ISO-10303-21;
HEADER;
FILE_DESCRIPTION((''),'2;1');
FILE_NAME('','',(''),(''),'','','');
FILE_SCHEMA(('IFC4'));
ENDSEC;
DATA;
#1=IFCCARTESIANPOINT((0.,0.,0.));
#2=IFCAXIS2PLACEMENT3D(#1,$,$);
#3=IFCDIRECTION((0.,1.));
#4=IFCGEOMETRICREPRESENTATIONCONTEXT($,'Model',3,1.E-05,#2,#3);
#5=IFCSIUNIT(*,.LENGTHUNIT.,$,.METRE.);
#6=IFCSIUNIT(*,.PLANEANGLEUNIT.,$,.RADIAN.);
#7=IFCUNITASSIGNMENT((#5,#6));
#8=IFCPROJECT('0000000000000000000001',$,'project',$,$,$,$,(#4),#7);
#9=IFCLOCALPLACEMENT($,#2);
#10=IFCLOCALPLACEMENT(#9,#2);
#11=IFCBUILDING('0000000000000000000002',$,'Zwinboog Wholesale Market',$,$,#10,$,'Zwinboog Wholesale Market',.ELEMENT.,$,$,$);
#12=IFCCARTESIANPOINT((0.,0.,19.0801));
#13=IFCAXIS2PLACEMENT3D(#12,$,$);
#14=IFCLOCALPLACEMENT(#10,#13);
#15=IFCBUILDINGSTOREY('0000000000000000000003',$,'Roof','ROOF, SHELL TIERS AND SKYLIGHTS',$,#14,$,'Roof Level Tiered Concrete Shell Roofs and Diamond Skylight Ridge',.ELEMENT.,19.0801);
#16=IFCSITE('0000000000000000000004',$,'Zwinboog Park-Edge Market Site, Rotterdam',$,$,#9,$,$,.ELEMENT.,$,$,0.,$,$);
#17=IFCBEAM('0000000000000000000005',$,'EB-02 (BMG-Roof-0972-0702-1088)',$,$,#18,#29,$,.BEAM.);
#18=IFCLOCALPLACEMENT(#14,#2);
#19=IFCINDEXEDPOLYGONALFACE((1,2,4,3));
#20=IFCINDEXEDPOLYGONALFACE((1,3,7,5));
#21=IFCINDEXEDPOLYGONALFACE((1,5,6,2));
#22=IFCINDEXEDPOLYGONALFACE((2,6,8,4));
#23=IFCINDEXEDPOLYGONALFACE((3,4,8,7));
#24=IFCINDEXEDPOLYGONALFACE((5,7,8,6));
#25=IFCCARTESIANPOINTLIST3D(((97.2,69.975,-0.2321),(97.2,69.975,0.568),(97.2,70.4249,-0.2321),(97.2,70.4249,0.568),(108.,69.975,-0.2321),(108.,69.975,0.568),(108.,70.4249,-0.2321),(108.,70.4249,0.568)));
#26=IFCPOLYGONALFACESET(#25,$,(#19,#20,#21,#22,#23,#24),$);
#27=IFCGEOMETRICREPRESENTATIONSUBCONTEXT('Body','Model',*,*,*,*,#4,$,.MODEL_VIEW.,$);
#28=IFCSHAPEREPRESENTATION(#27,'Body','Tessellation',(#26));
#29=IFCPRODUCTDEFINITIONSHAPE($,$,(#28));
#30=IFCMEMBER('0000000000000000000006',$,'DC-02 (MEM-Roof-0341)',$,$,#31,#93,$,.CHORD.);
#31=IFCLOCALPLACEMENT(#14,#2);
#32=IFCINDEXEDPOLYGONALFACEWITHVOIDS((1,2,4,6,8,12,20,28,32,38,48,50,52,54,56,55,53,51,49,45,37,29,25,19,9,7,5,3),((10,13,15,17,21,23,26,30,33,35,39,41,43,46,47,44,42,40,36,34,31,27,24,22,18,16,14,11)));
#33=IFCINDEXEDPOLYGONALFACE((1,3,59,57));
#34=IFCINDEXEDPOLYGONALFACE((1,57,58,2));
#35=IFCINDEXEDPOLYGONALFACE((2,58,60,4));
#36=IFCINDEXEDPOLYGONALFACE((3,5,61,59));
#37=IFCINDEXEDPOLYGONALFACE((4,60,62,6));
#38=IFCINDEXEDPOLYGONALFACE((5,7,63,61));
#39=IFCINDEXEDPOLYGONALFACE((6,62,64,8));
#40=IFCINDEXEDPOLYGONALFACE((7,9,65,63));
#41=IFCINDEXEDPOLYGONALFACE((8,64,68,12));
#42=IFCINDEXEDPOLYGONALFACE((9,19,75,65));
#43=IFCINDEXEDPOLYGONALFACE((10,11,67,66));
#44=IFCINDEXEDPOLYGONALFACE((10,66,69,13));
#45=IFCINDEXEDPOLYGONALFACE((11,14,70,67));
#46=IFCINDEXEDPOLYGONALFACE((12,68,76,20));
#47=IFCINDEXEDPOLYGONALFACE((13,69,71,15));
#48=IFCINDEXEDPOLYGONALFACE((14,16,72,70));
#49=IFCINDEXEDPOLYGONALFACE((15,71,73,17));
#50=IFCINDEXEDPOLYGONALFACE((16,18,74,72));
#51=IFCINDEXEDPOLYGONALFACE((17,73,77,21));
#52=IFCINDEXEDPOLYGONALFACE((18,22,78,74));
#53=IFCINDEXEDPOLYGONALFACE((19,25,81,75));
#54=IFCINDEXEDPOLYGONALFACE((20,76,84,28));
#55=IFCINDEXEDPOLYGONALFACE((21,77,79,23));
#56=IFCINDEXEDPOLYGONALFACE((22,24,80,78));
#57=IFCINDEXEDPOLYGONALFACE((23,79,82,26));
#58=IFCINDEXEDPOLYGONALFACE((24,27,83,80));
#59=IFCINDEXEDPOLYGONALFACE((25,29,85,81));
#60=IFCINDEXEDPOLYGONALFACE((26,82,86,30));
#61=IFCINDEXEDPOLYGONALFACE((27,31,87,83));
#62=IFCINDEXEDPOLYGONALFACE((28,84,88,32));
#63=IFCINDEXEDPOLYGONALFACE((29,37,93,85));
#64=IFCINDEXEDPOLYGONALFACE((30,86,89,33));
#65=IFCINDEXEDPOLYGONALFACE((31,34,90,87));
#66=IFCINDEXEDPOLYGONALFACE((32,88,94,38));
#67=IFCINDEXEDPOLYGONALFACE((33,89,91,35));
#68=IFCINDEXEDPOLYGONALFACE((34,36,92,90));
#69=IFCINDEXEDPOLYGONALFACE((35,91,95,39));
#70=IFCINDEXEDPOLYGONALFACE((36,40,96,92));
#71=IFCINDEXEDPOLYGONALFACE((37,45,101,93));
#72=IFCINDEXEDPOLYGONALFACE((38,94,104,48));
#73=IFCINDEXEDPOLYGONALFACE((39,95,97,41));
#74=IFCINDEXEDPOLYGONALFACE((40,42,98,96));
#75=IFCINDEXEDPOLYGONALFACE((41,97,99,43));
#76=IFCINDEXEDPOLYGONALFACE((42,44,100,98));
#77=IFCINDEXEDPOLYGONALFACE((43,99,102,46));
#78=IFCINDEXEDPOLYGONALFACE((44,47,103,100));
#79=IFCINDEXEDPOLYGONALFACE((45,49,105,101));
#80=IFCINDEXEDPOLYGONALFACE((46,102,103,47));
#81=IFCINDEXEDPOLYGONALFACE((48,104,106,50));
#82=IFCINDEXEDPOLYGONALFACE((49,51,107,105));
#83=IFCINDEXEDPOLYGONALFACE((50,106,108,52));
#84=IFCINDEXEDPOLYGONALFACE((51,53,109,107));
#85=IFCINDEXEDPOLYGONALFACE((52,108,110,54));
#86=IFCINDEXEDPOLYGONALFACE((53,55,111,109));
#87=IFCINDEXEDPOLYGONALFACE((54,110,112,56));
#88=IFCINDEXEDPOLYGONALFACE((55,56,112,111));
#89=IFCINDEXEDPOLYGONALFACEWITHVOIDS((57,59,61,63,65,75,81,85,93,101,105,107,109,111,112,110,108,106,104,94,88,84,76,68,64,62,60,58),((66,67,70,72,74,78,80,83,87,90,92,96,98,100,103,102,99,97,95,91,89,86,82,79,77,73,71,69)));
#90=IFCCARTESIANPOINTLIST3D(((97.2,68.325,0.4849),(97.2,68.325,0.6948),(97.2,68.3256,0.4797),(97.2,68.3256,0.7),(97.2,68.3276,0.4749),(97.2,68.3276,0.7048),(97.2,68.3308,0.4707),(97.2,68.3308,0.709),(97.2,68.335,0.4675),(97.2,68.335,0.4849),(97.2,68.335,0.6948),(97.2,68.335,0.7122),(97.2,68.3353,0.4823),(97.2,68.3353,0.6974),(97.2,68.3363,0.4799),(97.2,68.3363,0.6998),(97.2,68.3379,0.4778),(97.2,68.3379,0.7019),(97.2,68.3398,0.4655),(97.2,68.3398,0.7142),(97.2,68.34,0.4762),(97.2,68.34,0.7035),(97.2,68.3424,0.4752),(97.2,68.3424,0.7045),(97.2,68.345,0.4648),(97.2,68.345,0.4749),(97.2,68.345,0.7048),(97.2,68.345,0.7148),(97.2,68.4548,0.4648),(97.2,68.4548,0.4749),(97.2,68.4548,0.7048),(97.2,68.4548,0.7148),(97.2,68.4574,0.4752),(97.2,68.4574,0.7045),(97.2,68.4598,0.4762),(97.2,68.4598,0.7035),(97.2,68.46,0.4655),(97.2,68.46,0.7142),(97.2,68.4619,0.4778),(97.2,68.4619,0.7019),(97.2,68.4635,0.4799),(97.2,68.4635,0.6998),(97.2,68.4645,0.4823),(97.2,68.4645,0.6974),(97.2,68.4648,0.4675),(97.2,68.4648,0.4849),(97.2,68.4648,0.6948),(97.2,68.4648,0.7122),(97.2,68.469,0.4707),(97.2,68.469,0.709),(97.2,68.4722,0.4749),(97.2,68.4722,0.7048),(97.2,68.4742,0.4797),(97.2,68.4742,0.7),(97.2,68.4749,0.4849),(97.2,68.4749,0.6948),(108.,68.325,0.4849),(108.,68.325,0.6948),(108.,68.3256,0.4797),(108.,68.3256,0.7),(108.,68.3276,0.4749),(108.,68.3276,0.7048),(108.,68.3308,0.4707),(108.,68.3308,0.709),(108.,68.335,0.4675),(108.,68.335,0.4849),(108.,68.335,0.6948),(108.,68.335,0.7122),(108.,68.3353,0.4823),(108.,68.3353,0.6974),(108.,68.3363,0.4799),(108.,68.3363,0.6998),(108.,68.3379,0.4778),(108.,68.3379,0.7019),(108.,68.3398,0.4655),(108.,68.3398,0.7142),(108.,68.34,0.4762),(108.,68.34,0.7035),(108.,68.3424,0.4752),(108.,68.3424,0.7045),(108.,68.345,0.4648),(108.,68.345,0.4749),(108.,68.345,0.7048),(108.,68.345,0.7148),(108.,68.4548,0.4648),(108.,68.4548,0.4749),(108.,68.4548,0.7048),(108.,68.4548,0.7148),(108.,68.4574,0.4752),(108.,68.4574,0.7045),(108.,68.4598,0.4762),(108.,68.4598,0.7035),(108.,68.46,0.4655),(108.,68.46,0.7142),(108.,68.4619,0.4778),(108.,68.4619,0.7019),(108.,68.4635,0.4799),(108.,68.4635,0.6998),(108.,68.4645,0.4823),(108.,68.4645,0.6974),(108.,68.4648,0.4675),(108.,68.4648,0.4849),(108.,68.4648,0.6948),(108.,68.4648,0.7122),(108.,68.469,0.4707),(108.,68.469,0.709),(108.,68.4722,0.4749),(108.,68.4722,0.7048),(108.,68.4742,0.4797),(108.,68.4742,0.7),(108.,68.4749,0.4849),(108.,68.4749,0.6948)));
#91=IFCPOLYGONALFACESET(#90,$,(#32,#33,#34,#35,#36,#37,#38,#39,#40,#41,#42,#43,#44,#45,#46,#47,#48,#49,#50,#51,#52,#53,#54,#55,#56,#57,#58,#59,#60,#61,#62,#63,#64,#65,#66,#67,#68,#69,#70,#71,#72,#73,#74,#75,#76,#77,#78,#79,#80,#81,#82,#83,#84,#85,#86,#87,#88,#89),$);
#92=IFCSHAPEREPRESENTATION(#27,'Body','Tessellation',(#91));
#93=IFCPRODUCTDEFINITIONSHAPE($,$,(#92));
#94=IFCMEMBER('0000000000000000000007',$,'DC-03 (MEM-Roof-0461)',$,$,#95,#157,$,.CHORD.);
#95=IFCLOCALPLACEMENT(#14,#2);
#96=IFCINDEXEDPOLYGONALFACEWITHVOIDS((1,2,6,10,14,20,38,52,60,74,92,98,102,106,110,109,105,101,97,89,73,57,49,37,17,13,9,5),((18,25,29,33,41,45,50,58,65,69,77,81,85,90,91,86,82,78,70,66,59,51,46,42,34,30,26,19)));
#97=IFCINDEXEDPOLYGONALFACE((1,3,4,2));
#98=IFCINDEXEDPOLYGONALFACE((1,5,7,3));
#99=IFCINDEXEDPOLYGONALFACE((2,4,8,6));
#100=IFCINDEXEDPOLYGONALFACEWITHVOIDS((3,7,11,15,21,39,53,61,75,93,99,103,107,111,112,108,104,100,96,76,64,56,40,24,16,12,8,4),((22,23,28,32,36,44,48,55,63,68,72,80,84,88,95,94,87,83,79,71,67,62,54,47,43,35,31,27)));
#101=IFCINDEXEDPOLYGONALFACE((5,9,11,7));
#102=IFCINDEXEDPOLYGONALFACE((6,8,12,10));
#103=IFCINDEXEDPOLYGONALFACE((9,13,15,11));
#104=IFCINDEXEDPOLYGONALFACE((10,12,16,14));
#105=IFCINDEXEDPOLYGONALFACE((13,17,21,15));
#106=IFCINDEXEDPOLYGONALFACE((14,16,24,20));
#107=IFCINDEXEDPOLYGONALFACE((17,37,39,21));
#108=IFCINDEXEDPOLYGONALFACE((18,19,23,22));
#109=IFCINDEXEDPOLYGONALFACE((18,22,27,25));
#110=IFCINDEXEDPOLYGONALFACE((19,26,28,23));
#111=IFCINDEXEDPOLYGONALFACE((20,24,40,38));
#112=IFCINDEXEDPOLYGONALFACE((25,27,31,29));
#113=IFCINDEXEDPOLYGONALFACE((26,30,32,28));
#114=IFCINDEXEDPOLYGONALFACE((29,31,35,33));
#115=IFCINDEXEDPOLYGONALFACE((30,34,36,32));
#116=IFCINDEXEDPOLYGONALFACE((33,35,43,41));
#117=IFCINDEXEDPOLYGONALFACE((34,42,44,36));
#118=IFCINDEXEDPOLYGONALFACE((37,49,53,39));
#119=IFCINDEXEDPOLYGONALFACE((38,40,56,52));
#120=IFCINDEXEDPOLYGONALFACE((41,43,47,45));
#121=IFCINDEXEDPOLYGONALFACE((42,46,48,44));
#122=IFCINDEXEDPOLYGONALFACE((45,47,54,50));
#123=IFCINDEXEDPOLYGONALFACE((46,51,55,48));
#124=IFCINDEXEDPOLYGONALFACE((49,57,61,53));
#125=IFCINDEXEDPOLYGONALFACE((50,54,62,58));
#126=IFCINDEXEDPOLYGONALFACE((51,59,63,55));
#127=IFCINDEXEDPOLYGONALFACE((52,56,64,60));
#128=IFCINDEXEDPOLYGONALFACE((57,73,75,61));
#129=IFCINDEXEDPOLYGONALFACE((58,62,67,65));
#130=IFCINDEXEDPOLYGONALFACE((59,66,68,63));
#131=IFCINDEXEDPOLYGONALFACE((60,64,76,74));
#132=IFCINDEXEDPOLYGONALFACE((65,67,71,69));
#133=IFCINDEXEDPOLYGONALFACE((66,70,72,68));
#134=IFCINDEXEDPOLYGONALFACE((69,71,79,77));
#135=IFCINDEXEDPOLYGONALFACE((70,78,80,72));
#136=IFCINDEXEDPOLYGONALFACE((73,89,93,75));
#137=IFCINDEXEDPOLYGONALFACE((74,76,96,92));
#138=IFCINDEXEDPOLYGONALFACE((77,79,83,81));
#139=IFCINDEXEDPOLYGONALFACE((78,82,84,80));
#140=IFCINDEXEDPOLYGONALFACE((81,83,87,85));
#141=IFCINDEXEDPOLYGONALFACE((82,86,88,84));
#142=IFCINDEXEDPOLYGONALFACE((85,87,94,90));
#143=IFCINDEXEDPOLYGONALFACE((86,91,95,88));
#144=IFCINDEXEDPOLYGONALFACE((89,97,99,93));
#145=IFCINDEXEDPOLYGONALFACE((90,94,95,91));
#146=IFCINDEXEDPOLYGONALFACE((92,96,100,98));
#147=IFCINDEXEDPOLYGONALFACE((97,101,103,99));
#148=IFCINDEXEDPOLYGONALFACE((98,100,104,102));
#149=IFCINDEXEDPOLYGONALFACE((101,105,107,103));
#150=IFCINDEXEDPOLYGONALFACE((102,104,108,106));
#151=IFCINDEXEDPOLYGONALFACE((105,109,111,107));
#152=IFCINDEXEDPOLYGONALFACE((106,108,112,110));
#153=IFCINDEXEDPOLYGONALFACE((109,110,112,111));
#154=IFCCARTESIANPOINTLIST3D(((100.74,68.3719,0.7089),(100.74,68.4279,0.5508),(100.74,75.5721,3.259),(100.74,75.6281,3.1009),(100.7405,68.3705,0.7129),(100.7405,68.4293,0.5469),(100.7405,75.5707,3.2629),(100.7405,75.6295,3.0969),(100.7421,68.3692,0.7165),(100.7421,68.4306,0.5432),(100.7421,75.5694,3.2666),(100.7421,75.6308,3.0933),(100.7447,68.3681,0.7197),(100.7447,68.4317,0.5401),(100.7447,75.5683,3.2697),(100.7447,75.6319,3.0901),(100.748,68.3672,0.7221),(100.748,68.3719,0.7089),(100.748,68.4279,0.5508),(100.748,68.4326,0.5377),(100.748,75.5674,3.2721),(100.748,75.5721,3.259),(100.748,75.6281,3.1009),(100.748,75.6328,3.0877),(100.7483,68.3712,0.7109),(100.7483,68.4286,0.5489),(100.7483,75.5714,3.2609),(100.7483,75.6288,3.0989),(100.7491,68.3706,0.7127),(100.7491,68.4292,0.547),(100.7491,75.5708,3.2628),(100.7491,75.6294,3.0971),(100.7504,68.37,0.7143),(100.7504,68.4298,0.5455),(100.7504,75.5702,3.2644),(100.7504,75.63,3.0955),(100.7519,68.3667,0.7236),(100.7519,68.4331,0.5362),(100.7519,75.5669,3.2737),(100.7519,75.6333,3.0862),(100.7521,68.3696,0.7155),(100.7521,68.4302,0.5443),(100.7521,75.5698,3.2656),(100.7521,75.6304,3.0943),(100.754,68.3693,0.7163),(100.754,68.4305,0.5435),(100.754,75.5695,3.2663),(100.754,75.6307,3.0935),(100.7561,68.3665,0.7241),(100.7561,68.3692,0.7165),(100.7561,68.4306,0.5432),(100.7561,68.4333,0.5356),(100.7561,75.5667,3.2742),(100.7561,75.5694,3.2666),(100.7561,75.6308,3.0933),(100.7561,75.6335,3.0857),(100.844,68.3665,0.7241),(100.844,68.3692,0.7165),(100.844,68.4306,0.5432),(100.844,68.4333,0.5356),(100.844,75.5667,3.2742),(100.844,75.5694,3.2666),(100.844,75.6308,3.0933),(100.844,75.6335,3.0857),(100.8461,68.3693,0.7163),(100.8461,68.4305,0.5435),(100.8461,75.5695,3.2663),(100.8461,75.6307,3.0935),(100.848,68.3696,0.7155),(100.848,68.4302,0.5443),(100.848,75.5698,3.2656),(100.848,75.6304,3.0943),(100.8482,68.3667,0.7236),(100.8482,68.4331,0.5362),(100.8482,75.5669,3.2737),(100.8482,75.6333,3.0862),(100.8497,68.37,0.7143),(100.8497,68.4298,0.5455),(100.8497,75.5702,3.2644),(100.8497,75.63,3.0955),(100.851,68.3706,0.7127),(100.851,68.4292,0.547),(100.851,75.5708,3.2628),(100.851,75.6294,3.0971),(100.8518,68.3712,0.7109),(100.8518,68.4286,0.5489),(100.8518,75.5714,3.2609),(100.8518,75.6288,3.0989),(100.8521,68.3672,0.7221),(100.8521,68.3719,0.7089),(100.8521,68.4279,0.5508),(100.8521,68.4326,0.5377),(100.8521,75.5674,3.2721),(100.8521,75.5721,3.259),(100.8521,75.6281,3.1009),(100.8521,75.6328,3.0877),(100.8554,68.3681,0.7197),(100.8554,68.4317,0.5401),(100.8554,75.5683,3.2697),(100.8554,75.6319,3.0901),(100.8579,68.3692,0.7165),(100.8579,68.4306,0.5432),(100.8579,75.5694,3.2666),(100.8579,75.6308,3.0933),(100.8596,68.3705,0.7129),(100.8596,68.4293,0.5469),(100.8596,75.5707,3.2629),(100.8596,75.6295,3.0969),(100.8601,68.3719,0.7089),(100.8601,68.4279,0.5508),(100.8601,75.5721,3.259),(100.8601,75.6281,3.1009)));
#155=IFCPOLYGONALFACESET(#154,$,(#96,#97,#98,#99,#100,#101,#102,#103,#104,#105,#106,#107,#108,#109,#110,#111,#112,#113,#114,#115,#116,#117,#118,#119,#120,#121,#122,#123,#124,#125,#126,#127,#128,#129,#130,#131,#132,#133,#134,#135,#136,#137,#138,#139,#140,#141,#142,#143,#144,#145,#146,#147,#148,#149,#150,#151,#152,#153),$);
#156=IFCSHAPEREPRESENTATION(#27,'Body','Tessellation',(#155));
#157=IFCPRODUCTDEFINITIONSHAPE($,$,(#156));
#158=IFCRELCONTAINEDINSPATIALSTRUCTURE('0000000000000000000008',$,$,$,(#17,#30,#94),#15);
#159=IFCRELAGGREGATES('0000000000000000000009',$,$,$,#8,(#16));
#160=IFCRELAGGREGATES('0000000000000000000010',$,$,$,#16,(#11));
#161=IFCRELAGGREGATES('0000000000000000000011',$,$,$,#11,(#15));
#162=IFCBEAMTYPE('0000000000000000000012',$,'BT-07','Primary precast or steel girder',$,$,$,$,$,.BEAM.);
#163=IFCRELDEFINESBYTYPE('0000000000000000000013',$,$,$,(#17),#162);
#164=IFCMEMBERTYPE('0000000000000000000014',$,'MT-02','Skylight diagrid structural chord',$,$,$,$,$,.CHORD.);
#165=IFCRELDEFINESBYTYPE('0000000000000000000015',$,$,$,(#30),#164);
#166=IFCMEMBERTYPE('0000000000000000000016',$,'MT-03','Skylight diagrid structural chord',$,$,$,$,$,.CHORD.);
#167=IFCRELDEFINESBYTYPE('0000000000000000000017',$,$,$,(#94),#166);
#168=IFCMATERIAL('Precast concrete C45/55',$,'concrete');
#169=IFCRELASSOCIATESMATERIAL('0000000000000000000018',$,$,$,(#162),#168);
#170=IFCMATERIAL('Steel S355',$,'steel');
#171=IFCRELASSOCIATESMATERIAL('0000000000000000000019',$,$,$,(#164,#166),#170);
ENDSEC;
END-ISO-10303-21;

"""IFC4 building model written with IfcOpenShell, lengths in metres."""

from ifc_helpers import new_model, si_unit, direction, frame, origin, origin_2d, place, context, subcontext, project, spatial, rectangle, hollow_rectangle, extrude, material, material_profile, profile_set, type_object, element, save


model = new_model("IFC4")

# Units and contexts
model_context = context("Model", 3, precision=1e-05, world=origin(), true_north=direction((0.0, 1.0)))
body_context = subcontext(model_context, "Body", "Model", "MODEL_VIEW")
ifc_project = project(units=[si_unit("LENGTHUNIT", "METRE"), si_unit("PLANEANGLEUNIT", "RADIAN")], contexts=[model_context])

# Site, building, storey
site_placement = place(None, origin())
site = spatial("IfcSite", under=ifc_project, at=site_placement, Name="Zwinboog Park-Edge Market Site, Rotterdam", CompositionType="ELEMENT", RefElevation=0.0)
building_placement = place(site_placement, origin())
building = spatial("IfcBuilding", under=site, at=building_placement, Name="Zwinboog Wholesale Market", LongName="Zwinboog Wholesale Market", CompositionType="ELEMENT")
storey_placement = place(building_placement, frame((0.0, 0.0, 19.0801)))
storey = spatial("IfcBuildingStorey", under=building, at=storey_placement, Name="Roof", Description="ROOF, SHELL TIERS AND SKYLIGHTS", LongName="Roof Level Tiered Concrete Shell Roofs and Diamond Skylight Ridge", CompositionType="ELEMENT", Elevation=19.0801)

# Beam
ifc_material_1 = material(Name="Precast concrete C45/55", Category="concrete")
ifc_material_profile_1 = material_profile(ifc_material_1, rectangle(XDim=0.45, YDim=0.8, at=origin_2d()), Name="PC 450x800")
ifc_profile_set_1 = profile_set([ifc_material_profile_1], Name="Precast concrete C45/55")
beam_type = type_object("IfcBeamType", Name="BT-07", Description="Primary precast or steel girder", PredefinedType="BEAM", material=ifc_profile_set_1)
beam_placement = place(storey_placement, frame((97.2, 70.2, 0.168), z_axis=(1.0, 0.0, 0.0), x_axis=(0.0, 1.0, 0.0)))
element("IfcBeam", 1, at=beam_placement, inside=storey, type_object=beam_type, Name="EB-02 (BMG-Roof-0972-0702-1088)", PredefinedType="BEAM", context=body_context, shape_type="SweptSolid", body=[
    extrude(rectangle(XDim=0.45, YDim=0.8, at=origin_2d()), origin(), (0.0, 0.0, 1.0), 10.8),
])

# Members
ifc_material_2 = material(Name="Steel S355", Category="steel")
ifc_material_profile_2 = material_profile(ifc_material_2, hollow_rectangle(XDim=0.1499, YDim=0.25, WallThickness=0.01, InnerFilletRadius=0.01, OuterFilletRadius=0.02, at=origin_2d()), Name="RHS 250x150x10")
ifc_profile_set_2 = profile_set([ifc_material_profile_2], Name="Steel S355")
member_type_1 = type_object("IfcMemberType", Name="MT-02", Description="Skylight diagrid structural chord", PredefinedType="CHORD", material=ifc_profile_set_2)
member_placement = place(storey_placement, frame((97.2, 68.3999, 0.5898), z_axis=(1.0, 0.0, 0.0), x_axis=(0.0, 1.0, 0.0)))
element("IfcMember", 2, at=member_placement, inside=storey, type_object=member_type_1, Name="DC-02 (MEM-Roof-0341)", PredefinedType="CHORD", context=body_context, shape_type="SweptSolid", body=[
    extrude(hollow_rectangle(XDim=0.1499, YDim=0.25, WallThickness=0.01, InnerFilletRadius=0.01, OuterFilletRadius=0.02, at=origin_2d()), origin(), (0.0, 0.0, 1.0), 10.8),
])
ifc_material_profile_3 = material_profile(ifc_material_2, hollow_rectangle(XDim=0.1201, YDim=0.2, WallThickness=0.0081, InnerFilletRadius=0.0081, OuterFilletRadius=0.0161, at=origin_2d()), Name="RHS 200x120x8")
ifc_profile_set_3 = profile_set([ifc_material_profile_3], Name="Steel S355")
member_type_2 = type_object("IfcMemberType", Name="MT-03", Description="Skylight diagrid structural chord", PredefinedType="CHORD", material=ifc_profile_set_3)
for number, where, z_axis, x_axis, name in (
    (3, (100.8, 68.3999, 0.6299), (0.0, 0.942628, 0.333845), (-1.0, 0.0, 0.0), "DC-03 (MEM-Roof-0461)"),
):
    element("IfcMember", number, at=place(storey_placement, frame(where, z_axis=z_axis, x_axis=x_axis)), inside=storey, type_object=member_type_2, Name=name, PredefinedType="CHORD", context=body_context, shape_type="SweptSolid", body=[
        extrude(hollow_rectangle(XDim=0.1201, YDim=0.2, WallThickness=0.0081, InnerFilletRadius=0.0081, OuterFilletRadius=0.0161, at=origin_2d()), origin(), (0.0, 0.0, 1.0), 7.6384),
    ])

save(model, "model.ifc")
